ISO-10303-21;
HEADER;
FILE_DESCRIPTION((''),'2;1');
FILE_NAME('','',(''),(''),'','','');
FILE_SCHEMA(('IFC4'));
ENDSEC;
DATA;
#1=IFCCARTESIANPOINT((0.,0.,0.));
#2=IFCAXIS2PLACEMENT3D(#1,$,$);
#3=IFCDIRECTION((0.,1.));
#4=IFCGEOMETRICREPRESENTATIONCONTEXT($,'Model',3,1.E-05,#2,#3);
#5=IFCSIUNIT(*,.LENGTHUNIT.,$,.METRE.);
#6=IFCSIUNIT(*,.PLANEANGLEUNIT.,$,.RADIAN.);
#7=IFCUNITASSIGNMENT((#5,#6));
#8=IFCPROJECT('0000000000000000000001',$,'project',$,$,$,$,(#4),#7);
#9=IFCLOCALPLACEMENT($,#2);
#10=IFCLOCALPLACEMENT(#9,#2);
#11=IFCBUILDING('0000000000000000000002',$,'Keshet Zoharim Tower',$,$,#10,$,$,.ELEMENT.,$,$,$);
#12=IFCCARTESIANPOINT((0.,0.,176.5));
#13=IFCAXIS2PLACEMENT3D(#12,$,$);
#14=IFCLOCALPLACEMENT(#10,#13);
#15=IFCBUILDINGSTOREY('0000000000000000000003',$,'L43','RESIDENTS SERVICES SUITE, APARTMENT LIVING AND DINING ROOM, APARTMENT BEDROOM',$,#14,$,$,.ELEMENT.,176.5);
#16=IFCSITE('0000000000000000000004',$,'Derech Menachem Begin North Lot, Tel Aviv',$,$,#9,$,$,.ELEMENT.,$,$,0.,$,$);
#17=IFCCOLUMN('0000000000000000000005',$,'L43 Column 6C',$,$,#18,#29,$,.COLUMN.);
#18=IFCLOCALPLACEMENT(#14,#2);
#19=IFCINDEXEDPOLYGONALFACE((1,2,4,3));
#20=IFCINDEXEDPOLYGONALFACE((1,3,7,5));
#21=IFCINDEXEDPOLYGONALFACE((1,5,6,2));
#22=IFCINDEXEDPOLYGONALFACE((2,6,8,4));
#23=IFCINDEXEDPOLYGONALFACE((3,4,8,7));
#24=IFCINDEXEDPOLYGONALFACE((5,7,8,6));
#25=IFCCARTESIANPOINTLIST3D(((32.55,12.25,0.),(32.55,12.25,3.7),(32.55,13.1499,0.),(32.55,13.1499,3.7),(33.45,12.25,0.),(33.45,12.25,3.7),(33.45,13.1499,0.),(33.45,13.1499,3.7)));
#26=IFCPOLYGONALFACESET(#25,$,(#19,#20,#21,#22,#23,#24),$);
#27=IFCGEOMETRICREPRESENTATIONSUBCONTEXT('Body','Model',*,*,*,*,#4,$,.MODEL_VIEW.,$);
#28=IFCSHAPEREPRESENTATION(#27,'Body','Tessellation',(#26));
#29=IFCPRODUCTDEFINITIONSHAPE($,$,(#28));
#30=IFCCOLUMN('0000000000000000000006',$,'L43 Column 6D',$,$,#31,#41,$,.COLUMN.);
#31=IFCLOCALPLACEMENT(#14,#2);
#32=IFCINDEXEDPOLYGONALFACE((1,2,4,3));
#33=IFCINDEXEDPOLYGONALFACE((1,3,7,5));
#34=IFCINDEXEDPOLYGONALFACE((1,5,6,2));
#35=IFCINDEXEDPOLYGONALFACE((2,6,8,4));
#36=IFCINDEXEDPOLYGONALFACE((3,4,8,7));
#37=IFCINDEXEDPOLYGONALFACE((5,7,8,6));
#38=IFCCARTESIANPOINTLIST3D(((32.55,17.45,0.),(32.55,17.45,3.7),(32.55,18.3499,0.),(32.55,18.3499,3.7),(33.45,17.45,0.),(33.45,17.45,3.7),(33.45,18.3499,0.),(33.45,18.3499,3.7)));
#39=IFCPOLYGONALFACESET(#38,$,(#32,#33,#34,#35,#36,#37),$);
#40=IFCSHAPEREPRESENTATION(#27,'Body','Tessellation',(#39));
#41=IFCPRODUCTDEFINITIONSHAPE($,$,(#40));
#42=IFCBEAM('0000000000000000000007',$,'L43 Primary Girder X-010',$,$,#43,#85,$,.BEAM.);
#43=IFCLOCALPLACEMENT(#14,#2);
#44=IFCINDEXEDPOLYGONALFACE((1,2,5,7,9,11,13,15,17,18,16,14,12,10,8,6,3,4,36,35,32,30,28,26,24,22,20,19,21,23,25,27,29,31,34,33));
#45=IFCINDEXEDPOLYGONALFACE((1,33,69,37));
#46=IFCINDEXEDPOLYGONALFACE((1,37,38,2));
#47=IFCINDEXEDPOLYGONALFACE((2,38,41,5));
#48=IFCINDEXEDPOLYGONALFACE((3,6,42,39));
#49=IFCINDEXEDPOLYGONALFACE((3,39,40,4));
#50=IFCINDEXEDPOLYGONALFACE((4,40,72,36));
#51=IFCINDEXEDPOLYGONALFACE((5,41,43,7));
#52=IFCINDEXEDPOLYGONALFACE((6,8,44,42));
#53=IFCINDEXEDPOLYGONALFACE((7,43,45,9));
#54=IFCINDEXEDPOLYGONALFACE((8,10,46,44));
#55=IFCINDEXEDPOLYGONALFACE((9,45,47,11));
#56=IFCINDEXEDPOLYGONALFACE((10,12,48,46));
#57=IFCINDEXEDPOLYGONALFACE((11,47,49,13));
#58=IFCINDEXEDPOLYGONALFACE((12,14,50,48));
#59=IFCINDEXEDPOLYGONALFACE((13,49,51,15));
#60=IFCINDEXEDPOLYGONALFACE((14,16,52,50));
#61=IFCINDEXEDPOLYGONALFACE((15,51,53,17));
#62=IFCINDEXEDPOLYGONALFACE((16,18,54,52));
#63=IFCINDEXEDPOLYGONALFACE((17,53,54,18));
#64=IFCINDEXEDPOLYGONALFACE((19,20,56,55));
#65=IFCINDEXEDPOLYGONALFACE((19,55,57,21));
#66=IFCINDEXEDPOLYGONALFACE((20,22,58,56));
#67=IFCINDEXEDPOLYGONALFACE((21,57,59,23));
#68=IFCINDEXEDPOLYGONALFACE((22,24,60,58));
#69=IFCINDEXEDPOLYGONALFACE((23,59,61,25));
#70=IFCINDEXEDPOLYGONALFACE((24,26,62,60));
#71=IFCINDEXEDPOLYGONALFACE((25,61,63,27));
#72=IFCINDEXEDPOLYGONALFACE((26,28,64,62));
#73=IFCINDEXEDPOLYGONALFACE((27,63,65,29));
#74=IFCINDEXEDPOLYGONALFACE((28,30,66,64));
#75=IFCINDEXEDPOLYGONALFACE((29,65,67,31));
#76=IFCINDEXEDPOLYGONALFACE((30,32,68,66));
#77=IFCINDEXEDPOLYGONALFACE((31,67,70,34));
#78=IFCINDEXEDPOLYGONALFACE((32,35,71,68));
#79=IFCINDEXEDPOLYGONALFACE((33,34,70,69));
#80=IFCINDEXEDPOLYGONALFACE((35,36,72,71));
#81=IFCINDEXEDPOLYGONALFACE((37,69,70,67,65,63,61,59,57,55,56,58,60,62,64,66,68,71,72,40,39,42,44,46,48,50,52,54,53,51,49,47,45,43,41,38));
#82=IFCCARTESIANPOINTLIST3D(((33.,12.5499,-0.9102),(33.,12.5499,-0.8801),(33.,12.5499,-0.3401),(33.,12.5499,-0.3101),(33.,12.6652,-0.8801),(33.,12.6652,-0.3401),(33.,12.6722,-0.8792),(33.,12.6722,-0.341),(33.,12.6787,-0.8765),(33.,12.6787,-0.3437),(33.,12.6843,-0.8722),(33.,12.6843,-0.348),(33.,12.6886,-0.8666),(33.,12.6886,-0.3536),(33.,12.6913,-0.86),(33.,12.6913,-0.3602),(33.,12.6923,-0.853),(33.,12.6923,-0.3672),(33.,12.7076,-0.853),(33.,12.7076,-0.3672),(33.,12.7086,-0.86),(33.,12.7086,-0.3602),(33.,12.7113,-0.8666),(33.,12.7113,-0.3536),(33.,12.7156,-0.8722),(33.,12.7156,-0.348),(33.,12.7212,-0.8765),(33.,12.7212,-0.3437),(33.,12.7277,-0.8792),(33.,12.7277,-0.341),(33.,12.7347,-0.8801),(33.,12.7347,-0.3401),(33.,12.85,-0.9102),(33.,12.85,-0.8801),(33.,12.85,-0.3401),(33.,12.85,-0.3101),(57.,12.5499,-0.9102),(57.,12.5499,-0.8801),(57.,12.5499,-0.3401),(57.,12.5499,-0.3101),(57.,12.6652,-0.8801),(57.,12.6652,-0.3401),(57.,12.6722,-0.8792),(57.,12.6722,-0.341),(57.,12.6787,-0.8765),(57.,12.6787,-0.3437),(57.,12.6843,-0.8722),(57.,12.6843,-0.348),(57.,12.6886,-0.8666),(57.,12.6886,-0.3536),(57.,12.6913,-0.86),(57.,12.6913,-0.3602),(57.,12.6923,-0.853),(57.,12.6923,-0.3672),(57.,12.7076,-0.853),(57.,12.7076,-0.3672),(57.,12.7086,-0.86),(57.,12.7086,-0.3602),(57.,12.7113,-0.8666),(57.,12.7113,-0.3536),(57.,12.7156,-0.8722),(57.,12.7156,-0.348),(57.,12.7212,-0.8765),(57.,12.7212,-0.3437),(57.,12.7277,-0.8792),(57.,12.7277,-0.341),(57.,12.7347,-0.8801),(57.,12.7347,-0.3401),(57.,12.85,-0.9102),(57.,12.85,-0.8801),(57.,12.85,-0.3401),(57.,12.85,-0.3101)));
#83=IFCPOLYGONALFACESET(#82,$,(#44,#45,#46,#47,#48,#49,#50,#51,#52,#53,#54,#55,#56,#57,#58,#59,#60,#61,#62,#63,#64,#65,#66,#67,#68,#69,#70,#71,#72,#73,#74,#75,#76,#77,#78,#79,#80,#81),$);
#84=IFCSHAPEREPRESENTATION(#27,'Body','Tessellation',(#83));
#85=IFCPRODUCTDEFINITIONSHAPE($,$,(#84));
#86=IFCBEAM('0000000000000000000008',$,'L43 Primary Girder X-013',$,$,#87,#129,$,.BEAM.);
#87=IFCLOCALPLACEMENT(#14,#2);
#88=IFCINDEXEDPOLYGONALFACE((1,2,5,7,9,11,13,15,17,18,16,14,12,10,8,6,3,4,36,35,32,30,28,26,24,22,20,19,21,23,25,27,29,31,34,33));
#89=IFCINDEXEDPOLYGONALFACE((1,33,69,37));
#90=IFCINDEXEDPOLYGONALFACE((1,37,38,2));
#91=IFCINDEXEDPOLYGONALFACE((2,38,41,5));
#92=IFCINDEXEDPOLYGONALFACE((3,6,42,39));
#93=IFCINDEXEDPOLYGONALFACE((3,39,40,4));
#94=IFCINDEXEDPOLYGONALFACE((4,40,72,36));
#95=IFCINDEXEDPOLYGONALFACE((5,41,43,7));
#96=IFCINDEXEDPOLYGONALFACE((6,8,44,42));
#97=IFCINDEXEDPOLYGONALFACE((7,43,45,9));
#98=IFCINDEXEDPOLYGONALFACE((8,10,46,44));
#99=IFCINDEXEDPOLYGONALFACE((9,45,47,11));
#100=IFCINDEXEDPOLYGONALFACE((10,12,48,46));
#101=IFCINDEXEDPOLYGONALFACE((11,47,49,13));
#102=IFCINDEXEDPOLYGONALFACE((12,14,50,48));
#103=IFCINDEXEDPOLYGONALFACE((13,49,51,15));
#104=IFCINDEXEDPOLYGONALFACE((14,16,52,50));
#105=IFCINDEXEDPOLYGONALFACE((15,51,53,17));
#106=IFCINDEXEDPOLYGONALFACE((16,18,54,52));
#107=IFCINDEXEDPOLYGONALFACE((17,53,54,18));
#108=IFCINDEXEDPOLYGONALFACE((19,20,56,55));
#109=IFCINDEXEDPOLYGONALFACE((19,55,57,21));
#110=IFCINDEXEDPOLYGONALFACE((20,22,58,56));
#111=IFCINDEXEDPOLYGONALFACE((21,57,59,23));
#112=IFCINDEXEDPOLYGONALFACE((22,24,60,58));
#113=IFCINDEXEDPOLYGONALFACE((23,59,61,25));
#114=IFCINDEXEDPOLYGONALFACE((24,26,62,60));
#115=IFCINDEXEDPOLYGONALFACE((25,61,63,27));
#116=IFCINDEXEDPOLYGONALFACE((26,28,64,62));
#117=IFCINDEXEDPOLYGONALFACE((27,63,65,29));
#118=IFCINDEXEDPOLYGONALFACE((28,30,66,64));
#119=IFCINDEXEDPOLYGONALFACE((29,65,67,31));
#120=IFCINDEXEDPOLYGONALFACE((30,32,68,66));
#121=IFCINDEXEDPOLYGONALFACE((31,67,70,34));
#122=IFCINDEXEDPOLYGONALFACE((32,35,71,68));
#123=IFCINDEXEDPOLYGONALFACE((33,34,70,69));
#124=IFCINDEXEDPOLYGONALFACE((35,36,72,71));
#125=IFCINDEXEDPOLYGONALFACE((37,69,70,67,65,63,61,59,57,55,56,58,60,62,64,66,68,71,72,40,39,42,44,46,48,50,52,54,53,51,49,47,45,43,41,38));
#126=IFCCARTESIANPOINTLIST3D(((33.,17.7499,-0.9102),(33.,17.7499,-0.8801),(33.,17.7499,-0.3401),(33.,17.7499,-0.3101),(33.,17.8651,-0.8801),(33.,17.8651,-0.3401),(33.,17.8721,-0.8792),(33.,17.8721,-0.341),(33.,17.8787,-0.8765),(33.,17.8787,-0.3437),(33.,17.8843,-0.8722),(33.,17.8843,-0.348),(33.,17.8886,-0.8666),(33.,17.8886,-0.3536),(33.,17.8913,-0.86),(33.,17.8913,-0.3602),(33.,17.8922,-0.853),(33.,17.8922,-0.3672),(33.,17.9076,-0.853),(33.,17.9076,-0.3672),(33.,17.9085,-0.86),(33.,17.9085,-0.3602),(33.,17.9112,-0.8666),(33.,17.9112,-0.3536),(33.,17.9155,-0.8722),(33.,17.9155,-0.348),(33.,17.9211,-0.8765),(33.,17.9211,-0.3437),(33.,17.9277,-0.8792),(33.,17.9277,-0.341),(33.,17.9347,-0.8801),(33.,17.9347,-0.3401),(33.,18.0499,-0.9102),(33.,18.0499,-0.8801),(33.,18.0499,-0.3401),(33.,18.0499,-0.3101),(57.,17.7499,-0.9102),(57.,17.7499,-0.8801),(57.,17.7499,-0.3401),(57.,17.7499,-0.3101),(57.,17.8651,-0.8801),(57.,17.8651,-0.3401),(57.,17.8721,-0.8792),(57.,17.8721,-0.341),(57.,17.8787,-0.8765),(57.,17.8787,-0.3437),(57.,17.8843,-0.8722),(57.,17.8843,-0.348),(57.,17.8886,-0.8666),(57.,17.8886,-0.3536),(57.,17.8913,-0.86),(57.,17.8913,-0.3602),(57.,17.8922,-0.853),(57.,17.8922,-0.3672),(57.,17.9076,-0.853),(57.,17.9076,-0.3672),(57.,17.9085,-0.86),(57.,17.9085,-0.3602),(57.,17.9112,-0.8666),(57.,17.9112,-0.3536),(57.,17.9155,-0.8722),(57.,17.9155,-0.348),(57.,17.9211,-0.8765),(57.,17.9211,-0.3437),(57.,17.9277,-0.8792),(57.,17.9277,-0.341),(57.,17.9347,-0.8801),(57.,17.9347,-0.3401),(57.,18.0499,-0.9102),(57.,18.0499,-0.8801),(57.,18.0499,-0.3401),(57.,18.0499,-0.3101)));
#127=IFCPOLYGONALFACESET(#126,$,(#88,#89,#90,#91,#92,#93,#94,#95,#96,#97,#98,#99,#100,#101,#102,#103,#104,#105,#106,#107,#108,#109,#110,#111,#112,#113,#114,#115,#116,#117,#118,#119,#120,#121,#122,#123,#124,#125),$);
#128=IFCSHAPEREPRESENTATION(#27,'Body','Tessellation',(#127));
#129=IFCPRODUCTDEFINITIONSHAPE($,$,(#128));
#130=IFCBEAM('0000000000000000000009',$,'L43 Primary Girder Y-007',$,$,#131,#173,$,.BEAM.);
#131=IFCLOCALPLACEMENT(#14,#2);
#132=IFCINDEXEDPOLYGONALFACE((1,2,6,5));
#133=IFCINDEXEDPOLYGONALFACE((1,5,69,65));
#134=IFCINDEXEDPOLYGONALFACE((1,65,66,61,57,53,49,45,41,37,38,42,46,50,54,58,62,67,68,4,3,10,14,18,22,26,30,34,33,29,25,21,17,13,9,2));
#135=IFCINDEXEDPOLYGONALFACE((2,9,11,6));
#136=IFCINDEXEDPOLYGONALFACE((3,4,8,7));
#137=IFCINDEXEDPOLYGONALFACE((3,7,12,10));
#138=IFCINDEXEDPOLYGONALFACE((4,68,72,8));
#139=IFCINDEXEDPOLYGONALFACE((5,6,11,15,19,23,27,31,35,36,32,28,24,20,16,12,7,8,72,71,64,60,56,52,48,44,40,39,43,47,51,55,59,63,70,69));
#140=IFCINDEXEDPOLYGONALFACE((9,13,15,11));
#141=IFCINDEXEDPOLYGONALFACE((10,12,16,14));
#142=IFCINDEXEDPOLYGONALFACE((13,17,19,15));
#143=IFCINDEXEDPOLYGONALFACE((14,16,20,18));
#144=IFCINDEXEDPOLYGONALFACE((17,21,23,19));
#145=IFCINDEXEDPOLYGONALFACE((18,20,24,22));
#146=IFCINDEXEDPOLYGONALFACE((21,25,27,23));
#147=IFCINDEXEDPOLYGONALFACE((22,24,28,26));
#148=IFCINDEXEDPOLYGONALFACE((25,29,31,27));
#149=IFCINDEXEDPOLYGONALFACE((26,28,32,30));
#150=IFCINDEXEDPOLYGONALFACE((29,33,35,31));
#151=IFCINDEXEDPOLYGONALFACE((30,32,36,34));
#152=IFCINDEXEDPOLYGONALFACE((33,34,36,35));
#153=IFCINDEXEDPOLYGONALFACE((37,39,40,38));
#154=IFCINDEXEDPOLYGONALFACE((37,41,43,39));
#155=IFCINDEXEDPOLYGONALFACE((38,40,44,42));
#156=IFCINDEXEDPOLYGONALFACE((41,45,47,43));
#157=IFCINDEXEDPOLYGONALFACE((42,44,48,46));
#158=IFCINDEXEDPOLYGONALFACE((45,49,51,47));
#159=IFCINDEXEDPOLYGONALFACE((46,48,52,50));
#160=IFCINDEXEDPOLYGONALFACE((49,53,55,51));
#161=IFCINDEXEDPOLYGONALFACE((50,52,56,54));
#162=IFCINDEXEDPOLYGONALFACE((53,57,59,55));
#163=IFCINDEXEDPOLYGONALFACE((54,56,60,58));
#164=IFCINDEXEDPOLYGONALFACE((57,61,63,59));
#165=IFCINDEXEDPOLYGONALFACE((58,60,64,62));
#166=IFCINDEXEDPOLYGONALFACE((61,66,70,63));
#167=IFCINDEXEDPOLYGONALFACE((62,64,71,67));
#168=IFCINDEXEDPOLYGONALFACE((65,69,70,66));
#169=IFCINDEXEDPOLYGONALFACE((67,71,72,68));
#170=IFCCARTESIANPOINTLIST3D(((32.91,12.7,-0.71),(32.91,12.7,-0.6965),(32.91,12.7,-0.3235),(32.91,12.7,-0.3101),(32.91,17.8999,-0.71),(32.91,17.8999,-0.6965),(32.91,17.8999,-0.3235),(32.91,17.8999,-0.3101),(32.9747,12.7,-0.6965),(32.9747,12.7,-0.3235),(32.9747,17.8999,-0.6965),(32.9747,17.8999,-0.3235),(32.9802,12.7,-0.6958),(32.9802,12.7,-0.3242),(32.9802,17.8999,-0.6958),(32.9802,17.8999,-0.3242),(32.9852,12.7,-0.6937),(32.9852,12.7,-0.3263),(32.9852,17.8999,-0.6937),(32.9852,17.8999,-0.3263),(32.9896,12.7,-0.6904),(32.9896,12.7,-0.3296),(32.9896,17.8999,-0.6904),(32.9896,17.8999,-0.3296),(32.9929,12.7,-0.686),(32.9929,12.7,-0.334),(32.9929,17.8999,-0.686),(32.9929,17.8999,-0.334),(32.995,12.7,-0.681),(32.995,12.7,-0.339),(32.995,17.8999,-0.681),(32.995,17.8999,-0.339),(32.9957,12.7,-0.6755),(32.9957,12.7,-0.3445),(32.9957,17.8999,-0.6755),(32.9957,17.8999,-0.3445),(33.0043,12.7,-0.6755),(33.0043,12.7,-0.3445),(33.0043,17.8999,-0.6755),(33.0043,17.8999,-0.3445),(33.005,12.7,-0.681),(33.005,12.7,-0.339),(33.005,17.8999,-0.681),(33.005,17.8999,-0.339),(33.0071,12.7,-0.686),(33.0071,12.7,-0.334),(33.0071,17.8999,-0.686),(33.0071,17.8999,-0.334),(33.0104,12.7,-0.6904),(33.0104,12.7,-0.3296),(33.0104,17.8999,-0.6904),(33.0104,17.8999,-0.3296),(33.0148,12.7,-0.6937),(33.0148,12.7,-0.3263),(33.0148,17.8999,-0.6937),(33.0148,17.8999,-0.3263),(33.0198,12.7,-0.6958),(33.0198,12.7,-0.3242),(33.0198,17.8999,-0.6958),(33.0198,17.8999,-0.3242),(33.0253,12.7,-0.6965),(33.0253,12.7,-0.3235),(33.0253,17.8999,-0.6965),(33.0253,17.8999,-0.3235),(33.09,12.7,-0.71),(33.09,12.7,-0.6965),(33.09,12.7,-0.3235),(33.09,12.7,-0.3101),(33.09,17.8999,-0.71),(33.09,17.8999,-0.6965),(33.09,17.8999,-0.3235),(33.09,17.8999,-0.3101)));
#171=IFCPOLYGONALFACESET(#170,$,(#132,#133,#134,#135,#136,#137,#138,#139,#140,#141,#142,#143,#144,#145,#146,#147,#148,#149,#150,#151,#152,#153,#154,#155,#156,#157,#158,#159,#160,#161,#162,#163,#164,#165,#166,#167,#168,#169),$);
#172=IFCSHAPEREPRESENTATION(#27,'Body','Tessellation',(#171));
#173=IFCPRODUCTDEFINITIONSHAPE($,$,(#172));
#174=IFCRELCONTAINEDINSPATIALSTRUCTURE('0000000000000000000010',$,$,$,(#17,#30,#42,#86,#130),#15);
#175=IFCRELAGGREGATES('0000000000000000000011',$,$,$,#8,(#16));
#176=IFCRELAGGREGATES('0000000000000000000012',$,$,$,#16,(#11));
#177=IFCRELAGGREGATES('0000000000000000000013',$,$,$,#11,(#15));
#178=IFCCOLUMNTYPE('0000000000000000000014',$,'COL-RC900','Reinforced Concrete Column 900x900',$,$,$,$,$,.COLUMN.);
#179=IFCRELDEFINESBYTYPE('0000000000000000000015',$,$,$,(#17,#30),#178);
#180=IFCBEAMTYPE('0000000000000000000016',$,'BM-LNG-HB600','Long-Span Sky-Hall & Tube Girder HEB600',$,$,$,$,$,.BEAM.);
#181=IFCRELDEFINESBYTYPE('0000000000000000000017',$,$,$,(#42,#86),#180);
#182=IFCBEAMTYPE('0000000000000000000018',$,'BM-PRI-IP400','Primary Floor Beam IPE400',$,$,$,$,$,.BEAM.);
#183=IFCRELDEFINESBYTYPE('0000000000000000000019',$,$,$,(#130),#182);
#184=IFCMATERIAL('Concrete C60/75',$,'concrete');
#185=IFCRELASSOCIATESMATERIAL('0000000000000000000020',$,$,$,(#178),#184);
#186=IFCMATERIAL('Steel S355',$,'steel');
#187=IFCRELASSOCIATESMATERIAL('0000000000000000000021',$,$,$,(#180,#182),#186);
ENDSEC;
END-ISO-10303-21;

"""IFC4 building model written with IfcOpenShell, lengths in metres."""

from ifc_helpers import new_model, si_unit, direction, frame, origin, origin_2d, place, context, subcontext, project, spatial, rectangle, i_section, extrude, material, material_profile, profile_set, type_object, element, save


model = new_model("IFC4")

# Units and contexts
model_context = context("Model", 3, precision=1e-05, world=origin(), true_north=direction((0.0, 1.0)))
body_context = subcontext(model_context, "Body", "Model", "MODEL_VIEW")
ifc_project = project(units=[si_unit("LENGTHUNIT", "METRE"), si_unit("PLANEANGLEUNIT", "RADIAN")], contexts=[model_context])

# Site, building, storey
site_placement = place(None, origin())
site = spatial("IfcSite", under=ifc_project, at=site_placement, Name="Derech Menachem Begin North Lot, Tel Aviv", CompositionType="ELEMENT", RefElevation=0.0)
building_placement = place(site_placement, origin())
building = spatial("IfcBuilding", under=site, at=building_placement, Name="Keshet Zoharim Tower", CompositionType="ELEMENT")
storey_placement = place(building_placement, frame((0.0, 0.0, 176.5)))
storey = spatial("IfcBuildingStorey", under=building, at=storey_placement, Name="L43", Description="RESIDENTS SERVICES SUITE, APARTMENT LIVING AND DINING ROOM, APARTMENT BEDROOM", CompositionType="ELEMENT", Elevation=176.5)

# Columns
ifc_material_1 = material(Name="Concrete C60/75", Category="concrete")
ifc_material_profile_1 = material_profile(ifc_material_1, rectangle(XDim=0.8999, YDim=0.8999, at=origin_2d()), Name="RC900x900")
ifc_profile_set_1 = profile_set([ifc_material_profile_1], Name="Concrete C60/75")
column_type = type_object("IfcColumnType", Name="COL-RC900", Description="Reinforced Concrete Column 900x900", PredefinedType="COLUMN", material=ifc_profile_set_1)
for number, where, z_axis, x_axis, name in (
    (1, (33.0, 12.7, 0.0), (0.0, 0.0, 1.0), (1.0, 0.0, 0.0), "L43 Column 6C"),
    (2, (33.0, 17.8999, 0.0), (0.0, 0.0, 1.0), (1.0, 0.0, 0.0), "L43 Column 6D"),
):
    element("IfcColumn", number, at=place(storey_placement, frame(where, z_axis=z_axis, x_axis=x_axis)), inside=storey, type_object=column_type, Name=name, PredefinedType="COLUMN", context=body_context, shape_type="SweptSolid", body=[
        extrude(rectangle(XDim=0.8999, YDim=0.8999, at=origin_2d()), origin(), (0.0, 0.0, 1.0), 3.7),
    ])

# Beams
ifc_material_2 = material(Name="Steel S355", Category="steel")
ifc_material_profile_2 = material_profile(ifc_material_2, i_section(OverallWidth=0.3, OverallDepth=0.6001, WebThickness=0.0154, FlangeThickness=0.03, FilletRadius=0.0271, at=origin_2d()), Name="HEB600")
ifc_profile_set_2 = profile_set([ifc_material_profile_2], Name="Steel S355")
beam_type_1 = type_object("IfcBeamType", Name="BM-LNG-HB600", Description="Long-Span Sky-Hall & Tube Girder HEB600", PredefinedType="BEAM", material=ifc_profile_set_2)
for number, where, z_axis, x_axis, name in (
    (3, (33.0, 12.7, -0.6101), (1.0, 0.0, 0.0), (0.0, 1.0, 0.0), "L43 Primary Girder X-010"),
    (4, (33.0, 17.8999, -0.6101), (1.0, 0.0, 0.0), (0.0, 1.0, 0.0), "L43 Primary Girder X-013"),
):
    element("IfcBeam", number, at=place(storey_placement, frame(where, z_axis=z_axis, x_axis=x_axis)), inside=storey, type_object=beam_type_1, Name=name, PredefinedType="BEAM", context=body_context, shape_type="SweptSolid", body=[
        extrude(i_section(OverallWidth=0.3, OverallDepth=0.6001, WebThickness=0.0154, FlangeThickness=0.03, FilletRadius=0.0271, at=origin_2d()), origin(), (0.0, 0.0, 1.0), 24.0),
    ])
ifc_material_profile_3 = material_profile(ifc_material_2, i_section(OverallWidth=0.1799, OverallDepth=0.3999, WebThickness=0.0085, FlangeThickness=0.0134, FilletRadius=0.021, at=origin_2d()), Name="IPE400")
ifc_profile_set_3 = profile_set([ifc_material_profile_3], Name="Steel S355")
beam_type_2 = type_object("IfcBeamType", Name="BM-PRI-IP400", Description="Primary Floor Beam IPE400", PredefinedType="BEAM", material=ifc_profile_set_3)
beam_1_placement = place(storey_placement, frame((33.0, 12.7, -0.51), z_axis=(0.0, 1.0, 0.0), x_axis=(-1.0, 0.0, 0.0)))
element("IfcBeam", 5, at=beam_1_placement, inside=storey, type_object=beam_type_2, Name="L43 Primary Girder Y-007", PredefinedType="BEAM", context=body_context, shape_type="SweptSolid", body=[
    extrude(i_section(OverallWidth=0.1799, OverallDepth=0.3999, WebThickness=0.0085, FlangeThickness=0.0134, FilletRadius=0.021, at=origin_2d()), origin(), (0.0, 0.0, 1.0), 5.2),
])

save(model, "model.ifc")
